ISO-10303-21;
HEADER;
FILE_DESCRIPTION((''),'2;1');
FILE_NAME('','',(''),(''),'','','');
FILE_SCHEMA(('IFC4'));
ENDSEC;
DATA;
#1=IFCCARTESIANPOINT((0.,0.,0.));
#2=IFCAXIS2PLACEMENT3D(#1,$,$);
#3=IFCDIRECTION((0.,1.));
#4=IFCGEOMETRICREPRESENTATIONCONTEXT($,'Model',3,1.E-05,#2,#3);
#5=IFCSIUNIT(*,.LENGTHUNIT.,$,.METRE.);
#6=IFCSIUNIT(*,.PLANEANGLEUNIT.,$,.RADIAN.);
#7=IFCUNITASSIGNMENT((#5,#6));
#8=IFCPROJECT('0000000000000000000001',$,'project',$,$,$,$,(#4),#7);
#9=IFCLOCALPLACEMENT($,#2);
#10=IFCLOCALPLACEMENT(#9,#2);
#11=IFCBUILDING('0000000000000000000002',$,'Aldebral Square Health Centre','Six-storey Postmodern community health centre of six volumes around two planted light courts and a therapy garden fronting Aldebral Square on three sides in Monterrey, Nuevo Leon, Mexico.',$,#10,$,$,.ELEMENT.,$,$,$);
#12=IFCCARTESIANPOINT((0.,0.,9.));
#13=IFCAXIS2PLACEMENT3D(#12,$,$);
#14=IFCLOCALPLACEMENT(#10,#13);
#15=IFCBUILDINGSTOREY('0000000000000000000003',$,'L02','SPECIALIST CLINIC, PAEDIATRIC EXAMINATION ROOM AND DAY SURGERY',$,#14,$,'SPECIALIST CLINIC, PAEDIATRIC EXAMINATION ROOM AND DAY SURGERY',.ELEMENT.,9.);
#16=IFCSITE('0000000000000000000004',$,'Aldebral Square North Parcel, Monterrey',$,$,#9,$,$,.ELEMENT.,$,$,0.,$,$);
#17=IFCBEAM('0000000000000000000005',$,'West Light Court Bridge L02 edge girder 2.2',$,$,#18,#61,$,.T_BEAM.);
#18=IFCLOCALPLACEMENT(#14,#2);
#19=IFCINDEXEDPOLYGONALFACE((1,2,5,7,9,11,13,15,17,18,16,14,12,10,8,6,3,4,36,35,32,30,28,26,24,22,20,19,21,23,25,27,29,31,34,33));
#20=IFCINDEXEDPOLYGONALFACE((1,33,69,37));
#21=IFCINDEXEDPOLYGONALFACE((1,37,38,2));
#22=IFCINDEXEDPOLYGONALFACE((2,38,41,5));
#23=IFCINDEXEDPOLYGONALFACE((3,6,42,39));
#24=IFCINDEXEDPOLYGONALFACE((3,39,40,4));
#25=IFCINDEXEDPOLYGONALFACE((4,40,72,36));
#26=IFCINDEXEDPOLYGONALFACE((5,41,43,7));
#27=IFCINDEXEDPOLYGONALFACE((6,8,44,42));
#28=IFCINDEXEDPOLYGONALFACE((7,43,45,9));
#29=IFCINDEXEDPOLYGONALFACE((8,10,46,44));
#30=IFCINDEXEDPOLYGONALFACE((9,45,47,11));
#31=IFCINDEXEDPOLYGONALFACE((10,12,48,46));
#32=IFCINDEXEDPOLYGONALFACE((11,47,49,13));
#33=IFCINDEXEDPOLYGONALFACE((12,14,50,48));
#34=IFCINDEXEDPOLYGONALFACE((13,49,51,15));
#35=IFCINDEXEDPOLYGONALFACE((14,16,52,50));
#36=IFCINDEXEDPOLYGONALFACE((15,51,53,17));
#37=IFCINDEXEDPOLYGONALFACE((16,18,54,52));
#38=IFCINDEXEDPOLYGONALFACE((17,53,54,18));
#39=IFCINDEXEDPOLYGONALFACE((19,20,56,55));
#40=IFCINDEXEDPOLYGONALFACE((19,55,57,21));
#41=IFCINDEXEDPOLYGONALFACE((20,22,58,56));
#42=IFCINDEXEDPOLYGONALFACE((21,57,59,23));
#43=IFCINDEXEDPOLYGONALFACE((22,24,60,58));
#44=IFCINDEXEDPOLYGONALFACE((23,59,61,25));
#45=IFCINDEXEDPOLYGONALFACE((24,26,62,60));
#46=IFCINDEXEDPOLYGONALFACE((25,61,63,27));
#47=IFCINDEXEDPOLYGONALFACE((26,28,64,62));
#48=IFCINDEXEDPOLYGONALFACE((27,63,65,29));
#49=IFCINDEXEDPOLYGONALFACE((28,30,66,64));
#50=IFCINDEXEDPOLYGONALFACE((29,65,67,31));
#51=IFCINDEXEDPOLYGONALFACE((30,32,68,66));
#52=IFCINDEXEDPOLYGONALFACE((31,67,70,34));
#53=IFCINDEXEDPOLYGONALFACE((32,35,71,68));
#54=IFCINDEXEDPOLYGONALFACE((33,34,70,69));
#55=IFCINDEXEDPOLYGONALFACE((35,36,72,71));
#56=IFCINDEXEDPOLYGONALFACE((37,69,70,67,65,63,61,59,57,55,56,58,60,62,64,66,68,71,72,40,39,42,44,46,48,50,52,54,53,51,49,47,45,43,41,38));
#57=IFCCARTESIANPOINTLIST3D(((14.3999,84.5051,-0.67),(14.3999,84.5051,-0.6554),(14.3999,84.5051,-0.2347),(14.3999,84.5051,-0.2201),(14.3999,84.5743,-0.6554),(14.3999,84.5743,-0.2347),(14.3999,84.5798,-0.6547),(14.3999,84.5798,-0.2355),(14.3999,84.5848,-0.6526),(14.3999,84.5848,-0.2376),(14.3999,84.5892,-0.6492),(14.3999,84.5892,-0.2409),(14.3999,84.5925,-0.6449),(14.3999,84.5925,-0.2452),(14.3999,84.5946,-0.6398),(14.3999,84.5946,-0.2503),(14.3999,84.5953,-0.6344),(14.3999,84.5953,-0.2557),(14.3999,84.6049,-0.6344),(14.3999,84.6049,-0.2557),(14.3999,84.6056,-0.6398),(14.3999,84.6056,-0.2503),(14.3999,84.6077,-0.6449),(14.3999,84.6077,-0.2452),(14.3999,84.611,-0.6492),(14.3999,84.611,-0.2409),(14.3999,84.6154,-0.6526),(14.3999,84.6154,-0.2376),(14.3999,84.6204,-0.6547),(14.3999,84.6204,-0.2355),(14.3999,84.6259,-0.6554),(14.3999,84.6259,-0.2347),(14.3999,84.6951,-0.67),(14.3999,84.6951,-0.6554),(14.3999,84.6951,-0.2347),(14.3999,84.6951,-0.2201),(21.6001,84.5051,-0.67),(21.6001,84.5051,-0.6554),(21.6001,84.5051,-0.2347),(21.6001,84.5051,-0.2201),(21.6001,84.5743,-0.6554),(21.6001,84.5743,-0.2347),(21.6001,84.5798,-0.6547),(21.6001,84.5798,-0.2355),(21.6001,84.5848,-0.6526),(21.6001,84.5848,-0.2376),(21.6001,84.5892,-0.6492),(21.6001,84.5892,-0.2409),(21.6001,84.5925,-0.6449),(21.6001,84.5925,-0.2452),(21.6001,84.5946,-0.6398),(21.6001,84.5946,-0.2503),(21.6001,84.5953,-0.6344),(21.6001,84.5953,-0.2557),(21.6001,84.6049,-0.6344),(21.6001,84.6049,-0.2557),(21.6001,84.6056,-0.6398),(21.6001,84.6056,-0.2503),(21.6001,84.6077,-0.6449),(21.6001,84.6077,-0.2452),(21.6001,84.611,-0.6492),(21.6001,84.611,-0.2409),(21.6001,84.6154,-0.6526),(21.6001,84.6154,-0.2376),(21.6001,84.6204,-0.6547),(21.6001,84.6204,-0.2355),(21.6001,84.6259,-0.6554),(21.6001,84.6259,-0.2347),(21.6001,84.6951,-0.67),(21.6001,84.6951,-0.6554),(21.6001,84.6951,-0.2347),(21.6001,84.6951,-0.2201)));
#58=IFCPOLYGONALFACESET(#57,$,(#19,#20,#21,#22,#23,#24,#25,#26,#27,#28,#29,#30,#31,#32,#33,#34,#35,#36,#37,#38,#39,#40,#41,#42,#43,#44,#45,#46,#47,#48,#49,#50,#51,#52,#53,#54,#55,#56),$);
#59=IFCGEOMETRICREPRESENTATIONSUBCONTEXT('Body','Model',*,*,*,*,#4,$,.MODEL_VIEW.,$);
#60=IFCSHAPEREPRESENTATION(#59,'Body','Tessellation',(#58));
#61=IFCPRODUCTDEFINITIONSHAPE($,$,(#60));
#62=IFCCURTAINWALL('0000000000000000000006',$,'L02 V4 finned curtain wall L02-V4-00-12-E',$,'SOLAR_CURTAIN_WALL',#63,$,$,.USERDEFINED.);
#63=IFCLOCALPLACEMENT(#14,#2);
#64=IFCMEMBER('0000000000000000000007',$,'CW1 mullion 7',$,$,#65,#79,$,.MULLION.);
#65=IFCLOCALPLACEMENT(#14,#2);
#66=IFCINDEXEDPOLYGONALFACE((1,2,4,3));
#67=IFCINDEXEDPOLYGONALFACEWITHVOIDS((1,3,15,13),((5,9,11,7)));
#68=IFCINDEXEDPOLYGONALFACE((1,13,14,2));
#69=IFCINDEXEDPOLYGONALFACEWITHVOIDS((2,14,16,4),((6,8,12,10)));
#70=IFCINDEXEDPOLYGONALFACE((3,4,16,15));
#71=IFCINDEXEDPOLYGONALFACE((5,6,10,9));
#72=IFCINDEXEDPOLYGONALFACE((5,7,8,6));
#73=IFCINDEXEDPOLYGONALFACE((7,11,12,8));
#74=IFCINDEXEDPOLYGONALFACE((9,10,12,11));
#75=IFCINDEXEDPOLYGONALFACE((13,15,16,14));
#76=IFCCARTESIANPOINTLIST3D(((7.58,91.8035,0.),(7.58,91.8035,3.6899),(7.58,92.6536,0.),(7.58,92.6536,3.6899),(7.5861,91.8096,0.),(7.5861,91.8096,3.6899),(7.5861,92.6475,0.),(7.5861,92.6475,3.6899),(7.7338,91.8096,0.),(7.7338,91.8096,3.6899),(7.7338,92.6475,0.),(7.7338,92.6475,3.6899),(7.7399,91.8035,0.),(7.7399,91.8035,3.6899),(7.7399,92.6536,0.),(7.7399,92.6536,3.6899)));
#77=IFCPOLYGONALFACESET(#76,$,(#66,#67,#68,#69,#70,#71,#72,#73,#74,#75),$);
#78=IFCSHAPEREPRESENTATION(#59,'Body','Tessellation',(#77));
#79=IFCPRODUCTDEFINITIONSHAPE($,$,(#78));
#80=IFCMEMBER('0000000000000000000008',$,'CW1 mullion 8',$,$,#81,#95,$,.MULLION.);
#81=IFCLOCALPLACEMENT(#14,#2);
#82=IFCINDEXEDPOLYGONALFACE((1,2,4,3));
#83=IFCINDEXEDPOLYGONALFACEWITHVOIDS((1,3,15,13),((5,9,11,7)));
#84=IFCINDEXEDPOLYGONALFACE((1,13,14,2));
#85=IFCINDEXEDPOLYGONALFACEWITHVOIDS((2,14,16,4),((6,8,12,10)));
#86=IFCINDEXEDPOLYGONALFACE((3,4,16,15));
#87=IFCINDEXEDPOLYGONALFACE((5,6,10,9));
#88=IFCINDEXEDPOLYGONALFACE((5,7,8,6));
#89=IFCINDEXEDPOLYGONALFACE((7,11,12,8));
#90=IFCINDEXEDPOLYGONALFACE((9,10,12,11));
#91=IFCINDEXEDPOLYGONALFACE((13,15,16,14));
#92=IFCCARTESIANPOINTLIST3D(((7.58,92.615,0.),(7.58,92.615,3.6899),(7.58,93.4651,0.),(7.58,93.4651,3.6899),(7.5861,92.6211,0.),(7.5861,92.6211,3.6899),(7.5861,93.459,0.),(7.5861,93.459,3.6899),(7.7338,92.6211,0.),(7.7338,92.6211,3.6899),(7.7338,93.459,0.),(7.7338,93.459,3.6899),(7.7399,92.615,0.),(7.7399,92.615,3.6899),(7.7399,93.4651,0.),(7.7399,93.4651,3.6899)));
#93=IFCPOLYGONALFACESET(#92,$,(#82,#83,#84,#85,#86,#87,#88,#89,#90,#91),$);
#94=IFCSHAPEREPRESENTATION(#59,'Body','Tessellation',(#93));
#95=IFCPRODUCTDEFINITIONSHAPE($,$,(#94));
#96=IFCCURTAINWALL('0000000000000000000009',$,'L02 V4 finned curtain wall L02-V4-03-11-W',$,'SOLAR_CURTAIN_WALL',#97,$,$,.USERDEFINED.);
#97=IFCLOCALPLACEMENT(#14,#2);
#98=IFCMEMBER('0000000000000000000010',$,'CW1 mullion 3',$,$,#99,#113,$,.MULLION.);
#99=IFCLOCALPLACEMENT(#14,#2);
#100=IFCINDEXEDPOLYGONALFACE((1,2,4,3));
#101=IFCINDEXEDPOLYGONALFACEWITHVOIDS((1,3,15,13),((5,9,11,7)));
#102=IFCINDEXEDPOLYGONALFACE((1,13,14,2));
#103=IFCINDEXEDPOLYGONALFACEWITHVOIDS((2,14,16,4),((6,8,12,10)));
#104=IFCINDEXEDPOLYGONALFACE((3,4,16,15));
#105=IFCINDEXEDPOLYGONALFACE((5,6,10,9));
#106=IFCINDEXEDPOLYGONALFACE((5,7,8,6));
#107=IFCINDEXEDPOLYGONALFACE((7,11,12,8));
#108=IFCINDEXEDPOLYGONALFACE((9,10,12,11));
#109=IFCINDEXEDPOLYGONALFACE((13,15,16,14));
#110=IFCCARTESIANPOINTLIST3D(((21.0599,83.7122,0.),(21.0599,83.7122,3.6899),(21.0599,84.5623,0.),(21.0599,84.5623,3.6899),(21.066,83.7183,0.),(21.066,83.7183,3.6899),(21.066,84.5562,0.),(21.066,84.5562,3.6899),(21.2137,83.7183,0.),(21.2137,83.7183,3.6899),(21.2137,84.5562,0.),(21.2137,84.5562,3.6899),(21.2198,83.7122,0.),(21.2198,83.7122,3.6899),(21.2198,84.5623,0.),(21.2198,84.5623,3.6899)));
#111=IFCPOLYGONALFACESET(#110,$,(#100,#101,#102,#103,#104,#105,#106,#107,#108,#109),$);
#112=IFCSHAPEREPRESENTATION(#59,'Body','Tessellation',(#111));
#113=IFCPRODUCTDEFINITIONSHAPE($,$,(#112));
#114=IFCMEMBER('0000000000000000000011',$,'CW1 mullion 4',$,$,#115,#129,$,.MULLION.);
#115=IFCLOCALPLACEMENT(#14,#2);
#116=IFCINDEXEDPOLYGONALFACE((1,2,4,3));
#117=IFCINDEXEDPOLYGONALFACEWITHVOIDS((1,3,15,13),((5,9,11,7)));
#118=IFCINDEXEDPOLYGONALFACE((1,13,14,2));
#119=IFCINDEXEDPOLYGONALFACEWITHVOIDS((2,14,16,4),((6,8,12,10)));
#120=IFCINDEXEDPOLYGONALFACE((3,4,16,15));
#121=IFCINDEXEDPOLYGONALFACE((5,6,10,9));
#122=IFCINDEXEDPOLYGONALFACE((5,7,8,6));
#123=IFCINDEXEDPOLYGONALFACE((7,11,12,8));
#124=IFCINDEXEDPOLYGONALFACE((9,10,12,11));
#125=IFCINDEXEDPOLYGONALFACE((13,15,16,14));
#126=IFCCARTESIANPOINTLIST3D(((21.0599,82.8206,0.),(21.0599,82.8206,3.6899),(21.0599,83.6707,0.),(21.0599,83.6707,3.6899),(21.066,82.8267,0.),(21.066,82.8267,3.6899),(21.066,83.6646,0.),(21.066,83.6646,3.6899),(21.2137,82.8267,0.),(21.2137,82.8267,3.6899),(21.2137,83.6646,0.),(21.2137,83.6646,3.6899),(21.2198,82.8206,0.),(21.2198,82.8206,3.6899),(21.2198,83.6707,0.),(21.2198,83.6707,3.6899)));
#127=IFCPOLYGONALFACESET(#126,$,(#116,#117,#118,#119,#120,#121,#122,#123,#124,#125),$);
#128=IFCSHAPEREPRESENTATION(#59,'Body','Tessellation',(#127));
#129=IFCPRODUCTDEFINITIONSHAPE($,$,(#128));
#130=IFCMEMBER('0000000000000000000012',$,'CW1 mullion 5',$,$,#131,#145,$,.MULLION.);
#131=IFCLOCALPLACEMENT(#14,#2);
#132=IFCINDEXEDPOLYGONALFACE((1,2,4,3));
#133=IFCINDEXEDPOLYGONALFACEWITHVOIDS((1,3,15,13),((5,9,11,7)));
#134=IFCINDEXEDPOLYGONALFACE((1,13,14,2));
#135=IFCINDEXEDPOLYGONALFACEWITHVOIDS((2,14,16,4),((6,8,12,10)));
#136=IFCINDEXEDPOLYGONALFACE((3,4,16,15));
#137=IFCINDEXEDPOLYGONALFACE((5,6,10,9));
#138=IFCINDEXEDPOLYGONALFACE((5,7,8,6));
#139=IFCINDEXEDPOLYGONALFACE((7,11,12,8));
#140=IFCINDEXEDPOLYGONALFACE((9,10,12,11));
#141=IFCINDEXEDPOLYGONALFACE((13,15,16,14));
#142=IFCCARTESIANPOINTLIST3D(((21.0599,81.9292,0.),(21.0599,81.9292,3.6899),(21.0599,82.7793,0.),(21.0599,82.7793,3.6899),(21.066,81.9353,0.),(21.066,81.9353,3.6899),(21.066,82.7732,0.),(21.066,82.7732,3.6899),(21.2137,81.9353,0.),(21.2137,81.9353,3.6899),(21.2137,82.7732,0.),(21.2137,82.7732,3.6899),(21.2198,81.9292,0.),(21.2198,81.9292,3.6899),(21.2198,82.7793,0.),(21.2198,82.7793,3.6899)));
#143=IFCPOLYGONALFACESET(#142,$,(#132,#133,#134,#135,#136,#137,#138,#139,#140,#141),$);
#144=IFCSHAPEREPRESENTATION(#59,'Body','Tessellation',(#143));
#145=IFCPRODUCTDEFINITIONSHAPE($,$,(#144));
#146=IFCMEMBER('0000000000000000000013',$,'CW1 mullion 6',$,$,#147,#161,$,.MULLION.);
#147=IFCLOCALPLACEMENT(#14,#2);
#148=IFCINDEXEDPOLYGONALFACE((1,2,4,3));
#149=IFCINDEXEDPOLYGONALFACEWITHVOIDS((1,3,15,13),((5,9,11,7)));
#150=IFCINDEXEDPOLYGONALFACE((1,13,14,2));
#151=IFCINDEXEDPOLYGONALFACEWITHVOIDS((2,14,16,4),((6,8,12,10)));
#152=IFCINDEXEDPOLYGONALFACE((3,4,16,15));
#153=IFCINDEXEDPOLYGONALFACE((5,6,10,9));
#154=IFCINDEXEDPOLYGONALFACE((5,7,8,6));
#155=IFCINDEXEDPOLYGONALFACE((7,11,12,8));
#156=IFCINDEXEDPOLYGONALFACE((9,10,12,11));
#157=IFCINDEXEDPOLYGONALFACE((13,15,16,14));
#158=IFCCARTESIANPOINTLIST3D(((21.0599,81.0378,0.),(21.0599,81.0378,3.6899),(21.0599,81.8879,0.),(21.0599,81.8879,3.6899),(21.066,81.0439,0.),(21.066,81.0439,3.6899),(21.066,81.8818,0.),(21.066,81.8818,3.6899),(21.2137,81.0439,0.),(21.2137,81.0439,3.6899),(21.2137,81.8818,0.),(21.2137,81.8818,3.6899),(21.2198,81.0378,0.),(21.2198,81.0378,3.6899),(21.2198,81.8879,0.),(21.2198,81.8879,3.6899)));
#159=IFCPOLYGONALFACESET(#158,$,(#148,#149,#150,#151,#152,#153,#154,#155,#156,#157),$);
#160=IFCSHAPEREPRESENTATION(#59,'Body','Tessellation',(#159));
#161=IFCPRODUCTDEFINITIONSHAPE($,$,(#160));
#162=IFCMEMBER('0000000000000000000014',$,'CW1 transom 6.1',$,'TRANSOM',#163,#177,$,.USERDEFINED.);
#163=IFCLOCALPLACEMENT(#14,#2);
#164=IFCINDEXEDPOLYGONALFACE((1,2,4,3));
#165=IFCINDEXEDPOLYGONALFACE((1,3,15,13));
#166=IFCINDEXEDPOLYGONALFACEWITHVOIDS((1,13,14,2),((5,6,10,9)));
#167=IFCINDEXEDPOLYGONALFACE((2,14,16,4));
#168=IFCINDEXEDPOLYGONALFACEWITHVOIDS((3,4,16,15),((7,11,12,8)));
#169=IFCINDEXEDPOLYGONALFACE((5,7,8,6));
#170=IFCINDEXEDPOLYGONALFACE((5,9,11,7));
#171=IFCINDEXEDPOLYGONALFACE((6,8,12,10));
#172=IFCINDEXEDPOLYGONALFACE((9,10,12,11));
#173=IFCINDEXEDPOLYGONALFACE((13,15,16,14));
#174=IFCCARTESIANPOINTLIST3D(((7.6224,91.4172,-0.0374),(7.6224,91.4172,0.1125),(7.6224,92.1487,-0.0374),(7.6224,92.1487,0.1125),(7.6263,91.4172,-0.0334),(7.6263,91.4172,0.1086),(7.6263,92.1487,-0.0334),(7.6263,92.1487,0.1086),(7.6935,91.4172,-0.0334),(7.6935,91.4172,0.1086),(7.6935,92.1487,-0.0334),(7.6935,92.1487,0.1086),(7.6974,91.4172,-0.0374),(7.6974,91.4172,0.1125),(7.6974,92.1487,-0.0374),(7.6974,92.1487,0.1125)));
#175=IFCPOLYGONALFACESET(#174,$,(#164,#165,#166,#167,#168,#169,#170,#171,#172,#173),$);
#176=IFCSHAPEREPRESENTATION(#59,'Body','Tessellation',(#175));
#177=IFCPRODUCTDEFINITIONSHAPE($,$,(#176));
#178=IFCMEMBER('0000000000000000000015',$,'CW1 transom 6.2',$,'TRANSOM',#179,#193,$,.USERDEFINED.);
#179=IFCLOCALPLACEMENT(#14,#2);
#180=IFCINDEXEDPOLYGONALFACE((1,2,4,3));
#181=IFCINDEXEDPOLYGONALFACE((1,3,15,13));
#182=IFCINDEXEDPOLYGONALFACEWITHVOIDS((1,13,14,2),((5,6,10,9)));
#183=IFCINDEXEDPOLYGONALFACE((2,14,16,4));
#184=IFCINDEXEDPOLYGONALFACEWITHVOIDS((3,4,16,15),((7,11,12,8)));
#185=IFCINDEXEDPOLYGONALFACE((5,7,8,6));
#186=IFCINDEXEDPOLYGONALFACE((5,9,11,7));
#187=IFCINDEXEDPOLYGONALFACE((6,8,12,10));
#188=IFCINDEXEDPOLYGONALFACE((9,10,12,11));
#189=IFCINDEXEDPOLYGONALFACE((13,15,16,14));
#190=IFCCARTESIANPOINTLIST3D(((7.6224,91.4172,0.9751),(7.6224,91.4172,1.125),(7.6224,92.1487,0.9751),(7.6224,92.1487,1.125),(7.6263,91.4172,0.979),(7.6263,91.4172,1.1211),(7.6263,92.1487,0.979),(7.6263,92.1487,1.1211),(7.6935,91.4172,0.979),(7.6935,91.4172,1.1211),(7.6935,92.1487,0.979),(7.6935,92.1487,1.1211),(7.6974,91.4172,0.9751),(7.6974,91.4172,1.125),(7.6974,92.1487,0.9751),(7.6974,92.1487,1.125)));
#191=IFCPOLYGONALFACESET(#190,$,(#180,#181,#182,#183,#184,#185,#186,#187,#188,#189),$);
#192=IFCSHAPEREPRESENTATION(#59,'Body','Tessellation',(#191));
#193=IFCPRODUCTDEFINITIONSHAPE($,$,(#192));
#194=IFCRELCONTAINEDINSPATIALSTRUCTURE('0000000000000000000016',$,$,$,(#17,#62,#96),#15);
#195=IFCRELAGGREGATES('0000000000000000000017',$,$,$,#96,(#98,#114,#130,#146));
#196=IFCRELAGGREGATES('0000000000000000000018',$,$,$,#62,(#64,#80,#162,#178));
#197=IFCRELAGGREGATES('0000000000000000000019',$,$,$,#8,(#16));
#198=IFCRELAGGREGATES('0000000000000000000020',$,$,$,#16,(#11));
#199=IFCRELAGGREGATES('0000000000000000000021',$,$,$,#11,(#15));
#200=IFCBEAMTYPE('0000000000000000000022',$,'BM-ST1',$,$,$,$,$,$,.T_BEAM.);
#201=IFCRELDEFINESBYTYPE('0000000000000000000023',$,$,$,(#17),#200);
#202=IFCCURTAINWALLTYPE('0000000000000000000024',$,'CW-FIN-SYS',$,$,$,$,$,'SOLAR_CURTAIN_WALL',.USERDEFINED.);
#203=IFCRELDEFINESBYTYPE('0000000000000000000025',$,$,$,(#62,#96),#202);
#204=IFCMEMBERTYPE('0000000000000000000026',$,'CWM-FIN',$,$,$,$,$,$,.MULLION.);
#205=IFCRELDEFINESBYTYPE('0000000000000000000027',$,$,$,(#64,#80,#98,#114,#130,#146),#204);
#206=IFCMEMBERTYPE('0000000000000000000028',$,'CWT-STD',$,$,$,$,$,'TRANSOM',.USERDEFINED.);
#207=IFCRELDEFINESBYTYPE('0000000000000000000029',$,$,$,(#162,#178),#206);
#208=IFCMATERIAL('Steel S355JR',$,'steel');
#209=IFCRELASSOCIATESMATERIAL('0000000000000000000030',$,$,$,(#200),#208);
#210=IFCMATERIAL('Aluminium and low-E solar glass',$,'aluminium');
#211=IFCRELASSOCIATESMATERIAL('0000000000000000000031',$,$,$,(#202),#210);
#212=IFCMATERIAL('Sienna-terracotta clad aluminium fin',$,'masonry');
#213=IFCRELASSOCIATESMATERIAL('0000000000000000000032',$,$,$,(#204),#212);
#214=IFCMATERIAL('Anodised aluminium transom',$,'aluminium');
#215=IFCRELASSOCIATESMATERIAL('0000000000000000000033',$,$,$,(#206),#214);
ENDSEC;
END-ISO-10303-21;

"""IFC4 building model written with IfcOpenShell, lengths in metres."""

from ifc_helpers import new_model, si_unit, direction, frame, origin, origin_2d, place, context, subcontext, project, spatial, hollow_rectangle, i_section, extrude, material, material_profile, profile_set, type_object, element, aggregate, save


model = new_model("IFC4")

# Units and contexts
model_context = context("Model", 3, precision=1e-05, world=origin(), true_north=direction((0.0, 1.0)))
body_context = subcontext(model_context, "Body", "Model", "MODEL_VIEW")
ifc_project = project(units=[si_unit("LENGTHUNIT", "METRE"), si_unit("PLANEANGLEUNIT", "RADIAN")], contexts=[model_context])

# Site, building, storey
site_placement = place(None, origin())
site = spatial("IfcSite", under=ifc_project, at=site_placement, Name="Aldebral Square North Parcel, Monterrey", CompositionType="ELEMENT", RefElevation=0.0)
building_placement = place(site_placement, origin())
building = spatial("IfcBuilding", under=site, at=building_placement, Name="Aldebral Square Health Centre", Description="Six-storey Postmodern community health centre of six volumes around two planted light courts and a therapy garden fronting Aldebral Square on three sides in Monterrey, Nuevo Leon, Mexico.", CompositionType="ELEMENT")
storey_placement = place(building_placement, frame((0.0, 0.0, 9.0)))
storey = spatial("IfcBuildingStorey", under=building, at=storey_placement, Name="L02", Description="SPECIALIST CLINIC, PAEDIATRIC EXAMINATION ROOM AND DAY SURGERY", LongName="SPECIALIST CLINIC, PAEDIATRIC EXAMINATION ROOM AND DAY SURGERY", CompositionType="ELEMENT", Elevation=9.0)

# Beam
ifc_material_1 = material(Name="Steel S355JR", Category="steel")
ifc_material_profile_1 = material_profile(ifc_material_1, i_section(OverallWidth=0.1899, OverallDepth=0.45, WebThickness=0.0095, FlangeThickness=0.0146, FilletRadius=0.021, at=origin_2d()), Name="IPE 450")
ifc_profile_set_1 = profile_set([ifc_material_profile_1], Name="Steel S355JR")
beam_type = type_object("IfcBeamType", Name="BM-ST1", PredefinedType="T_BEAM", material=ifc_profile_set_1)
beam_placement = place(storey_placement, frame((14.3999, 84.6001, -0.4451), z_axis=(1.0, 0.0, 0.0), x_axis=(0.0, 1.0, 0.0)))
element("IfcBeam", 1, at=beam_placement, inside=storey, type_object=beam_type, Name="West Light Court Bridge L02 edge girder 2.2", PredefinedType="T_BEAM", context=body_context, shape_type="SweptSolid", body=[
    extrude(i_section(OverallWidth=0.1899, OverallDepth=0.45, WebThickness=0.0095, FlangeThickness=0.0146, FilletRadius=0.021, at=origin_2d()), origin(), (0.0, 0.0, 1.0), 7.2002),
])

# Curtain walls, members
ifc_material_2 = material(Name="Aluminium and low-E solar glass", Category="aluminium")
curtain_wall_type = type_object("IfcCurtainWallType", Name="CW-FIN-SYS", ElementType="SOLAR_CURTAIN_WALL", PredefinedType="USERDEFINED", material=ifc_material_2)
curtain_wall_1_placement = place(storey_placement, origin())
curtain_wall_1 = element("IfcCurtainWall", 2, at=curtain_wall_1_placement, inside=storey, type_object=curtain_wall_type, Name="L02 V4 finned curtain wall L02-V4-00-12-E", ObjectType="SOLAR_CURTAIN_WALL", PredefinedType="USERDEFINED")
ifc_material_3 = material(Name="Sienna-terracotta clad aluminium fin", Category="masonry")
ifc_material_profile_2 = material_profile(ifc_material_3, hollow_rectangle(XDim=0.1599, YDim=0.8501, WallThickness=0.0061, at=origin_2d()), Name="FIN 160x850x6")
ifc_profile_set_2 = profile_set([ifc_material_profile_2], Name="Sienna-terracotta clad aluminium fin")
member_type_1 = type_object("IfcMemberType", Name="CWM-FIN", PredefinedType="MULLION", material=ifc_profile_set_2)
member_1_placement = place(storey_placement, frame((7.6599, 92.2285, 0.0), z_axis=(0.0, 0.0, 1.0), x_axis=(-1.0, 0.0, 0.0)))
member_1 = element("IfcMember", 3, at=member_1_placement, type_object=member_type_1, Name="CW1 mullion 7", PredefinedType="MULLION", context=body_context, shape_type="SweptSolid", body=[
    extrude(hollow_rectangle(XDim=0.1599, YDim=0.8501, WallThickness=0.0061, at=origin_2d()), origin(), (0.0, 0.0, 1.0), 3.6899),
])
member_2_placement = place(storey_placement, frame((7.6599, 93.04, 0.0), z_axis=(0.0, 0.0, 1.0), x_axis=(-1.0, 0.0, 0.0)))
member_2 = element("IfcMember", 4, at=member_2_placement, type_object=member_type_1, Name="CW1 mullion 8", PredefinedType="MULLION", context=body_context, shape_type="SweptSolid", body=[
    extrude(hollow_rectangle(XDim=0.1599, YDim=0.8501, WallThickness=0.0061, at=origin_2d()), origin(), (0.0, 0.0, 1.0), 3.6899),
])
curtain_wall_2_placement = place(storey_placement, origin())
curtain_wall_2 = element("IfcCurtainWall", 5, at=curtain_wall_2_placement, inside=storey, type_object=curtain_wall_type, Name="L02 V4 finned curtain wall L02-V4-03-11-W", ObjectType="SOLAR_CURTAIN_WALL", PredefinedType="USERDEFINED")
member_3_placement = place(storey_placement, frame((21.1399, 84.1372, 0.0), z_axis=(0.0, 0.0, 1.0), x_axis=(1.0, 0.0, 0.0)))
member_3 = element("IfcMember", 6, at=member_3_placement, type_object=member_type_1, Name="CW1 mullion 3", PredefinedType="MULLION", context=body_context, shape_type="SweptSolid", body=[
    extrude(hollow_rectangle(XDim=0.1599, YDim=0.8501, WallThickness=0.0061, at=origin_2d()), origin(), (0.0, 0.0, 1.0), 3.6899),
])
member_4_placement = place(storey_placement, frame((21.1399, 83.2456, 0.0), z_axis=(0.0, 0.0, 1.0), x_axis=(1.0, 0.0, 0.0)))
member_4 = element("IfcMember", 7, at=member_4_placement, type_object=member_type_1, Name="CW1 mullion 4", PredefinedType="MULLION", context=body_context, shape_type="SweptSolid", body=[
    extrude(hollow_rectangle(XDim=0.1599, YDim=0.8501, WallThickness=0.0061, at=origin_2d()), origin(), (0.0, 0.0, 1.0), 3.6899),
])
member_5_placement = place(storey_placement, frame((21.1399, 82.3542, 0.0), z_axis=(0.0, 0.0, 1.0), x_axis=(1.0, 0.0, 0.0)))
member_5 = element("IfcMember", 8, at=member_5_placement, type_object=member_type_1, Name="CW1 mullion 5", PredefinedType="MULLION", context=body_context, shape_type="SweptSolid", body=[
    extrude(hollow_rectangle(XDim=0.1599, YDim=0.8501, WallThickness=0.0061, at=origin_2d()), origin(), (0.0, 0.0, 1.0), 3.6899),
])
member_6_placement = place(storey_placement, frame((21.1399, 81.4629, 0.0), z_axis=(0.0, 0.0, 1.0), x_axis=(1.0, 0.0, 0.0)))
member_6 = element("IfcMember", 9, at=member_6_placement, type_object=member_type_1, Name="CW1 mullion 6", PredefinedType="MULLION", context=body_context, shape_type="SweptSolid", body=[
    extrude(hollow_rectangle(XDim=0.1599, YDim=0.8501, WallThickness=0.0061, at=origin_2d()), origin(), (0.0, 0.0, 1.0), 3.6899),
])

# Members
ifc_material_4 = material(Name="Anodised aluminium transom", Category="aluminium")
ifc_material_profile_3 = material_profile(ifc_material_4, hollow_rectangle(XDim=0.075, YDim=0.1499, WallThickness=0.0039, at=origin_2d()), Name="CWT 75x150x4")
ifc_profile_set_3 = profile_set([ifc_material_profile_3], Name="Anodised aluminium transom")
member_type_2 = type_object("IfcMemberType", Name="CWT-STD", ElementType="TRANSOM", PredefinedType="USERDEFINED", material=ifc_profile_set_3)
member_7_placement = place(storey_placement, frame((7.6599, 91.4172, 0.0376), z_axis=(0.0, 1.0, 0.0), x_axis=(-1.0, 0.0, 0.0)))
member_7 = element("IfcMember", 10, at=member_7_placement, type_object=member_type_2, Name="CW1 transom 6.1", ObjectType="TRANSOM", PredefinedType="USERDEFINED", context=body_context, shape_type="SweptSolid", body=[
    extrude(hollow_rectangle(XDim=0.075, YDim=0.1499, WallThickness=0.0039, at=origin_2d()), origin(), (0.0, 0.0, 1.0), 0.7314),
])
member_8_placement = place(storey_placement, frame((7.6599, 91.4172, 1.05), z_axis=(0.0, 1.0, 0.0), x_axis=(-1.0, 0.0, 0.0)))
member_8 = element("IfcMember", 11, at=member_8_placement, type_object=member_type_2, Name="CW1 transom 6.2", ObjectType="TRANSOM", PredefinedType="USERDEFINED", context=body_context, shape_type="SweptSolid", body=[
    extrude(hollow_rectangle(XDim=0.075, YDim=0.1499, WallThickness=0.0039, at=origin_2d()), origin(), (0.0, 0.0, 1.0), 0.7314),
])

aggregate(curtain_wall_2, [member_3, member_4, member_5, member_6])
aggregate(curtain_wall_1, [member_1, member_2, member_7, member_8])

save(model, "model.ifc")
